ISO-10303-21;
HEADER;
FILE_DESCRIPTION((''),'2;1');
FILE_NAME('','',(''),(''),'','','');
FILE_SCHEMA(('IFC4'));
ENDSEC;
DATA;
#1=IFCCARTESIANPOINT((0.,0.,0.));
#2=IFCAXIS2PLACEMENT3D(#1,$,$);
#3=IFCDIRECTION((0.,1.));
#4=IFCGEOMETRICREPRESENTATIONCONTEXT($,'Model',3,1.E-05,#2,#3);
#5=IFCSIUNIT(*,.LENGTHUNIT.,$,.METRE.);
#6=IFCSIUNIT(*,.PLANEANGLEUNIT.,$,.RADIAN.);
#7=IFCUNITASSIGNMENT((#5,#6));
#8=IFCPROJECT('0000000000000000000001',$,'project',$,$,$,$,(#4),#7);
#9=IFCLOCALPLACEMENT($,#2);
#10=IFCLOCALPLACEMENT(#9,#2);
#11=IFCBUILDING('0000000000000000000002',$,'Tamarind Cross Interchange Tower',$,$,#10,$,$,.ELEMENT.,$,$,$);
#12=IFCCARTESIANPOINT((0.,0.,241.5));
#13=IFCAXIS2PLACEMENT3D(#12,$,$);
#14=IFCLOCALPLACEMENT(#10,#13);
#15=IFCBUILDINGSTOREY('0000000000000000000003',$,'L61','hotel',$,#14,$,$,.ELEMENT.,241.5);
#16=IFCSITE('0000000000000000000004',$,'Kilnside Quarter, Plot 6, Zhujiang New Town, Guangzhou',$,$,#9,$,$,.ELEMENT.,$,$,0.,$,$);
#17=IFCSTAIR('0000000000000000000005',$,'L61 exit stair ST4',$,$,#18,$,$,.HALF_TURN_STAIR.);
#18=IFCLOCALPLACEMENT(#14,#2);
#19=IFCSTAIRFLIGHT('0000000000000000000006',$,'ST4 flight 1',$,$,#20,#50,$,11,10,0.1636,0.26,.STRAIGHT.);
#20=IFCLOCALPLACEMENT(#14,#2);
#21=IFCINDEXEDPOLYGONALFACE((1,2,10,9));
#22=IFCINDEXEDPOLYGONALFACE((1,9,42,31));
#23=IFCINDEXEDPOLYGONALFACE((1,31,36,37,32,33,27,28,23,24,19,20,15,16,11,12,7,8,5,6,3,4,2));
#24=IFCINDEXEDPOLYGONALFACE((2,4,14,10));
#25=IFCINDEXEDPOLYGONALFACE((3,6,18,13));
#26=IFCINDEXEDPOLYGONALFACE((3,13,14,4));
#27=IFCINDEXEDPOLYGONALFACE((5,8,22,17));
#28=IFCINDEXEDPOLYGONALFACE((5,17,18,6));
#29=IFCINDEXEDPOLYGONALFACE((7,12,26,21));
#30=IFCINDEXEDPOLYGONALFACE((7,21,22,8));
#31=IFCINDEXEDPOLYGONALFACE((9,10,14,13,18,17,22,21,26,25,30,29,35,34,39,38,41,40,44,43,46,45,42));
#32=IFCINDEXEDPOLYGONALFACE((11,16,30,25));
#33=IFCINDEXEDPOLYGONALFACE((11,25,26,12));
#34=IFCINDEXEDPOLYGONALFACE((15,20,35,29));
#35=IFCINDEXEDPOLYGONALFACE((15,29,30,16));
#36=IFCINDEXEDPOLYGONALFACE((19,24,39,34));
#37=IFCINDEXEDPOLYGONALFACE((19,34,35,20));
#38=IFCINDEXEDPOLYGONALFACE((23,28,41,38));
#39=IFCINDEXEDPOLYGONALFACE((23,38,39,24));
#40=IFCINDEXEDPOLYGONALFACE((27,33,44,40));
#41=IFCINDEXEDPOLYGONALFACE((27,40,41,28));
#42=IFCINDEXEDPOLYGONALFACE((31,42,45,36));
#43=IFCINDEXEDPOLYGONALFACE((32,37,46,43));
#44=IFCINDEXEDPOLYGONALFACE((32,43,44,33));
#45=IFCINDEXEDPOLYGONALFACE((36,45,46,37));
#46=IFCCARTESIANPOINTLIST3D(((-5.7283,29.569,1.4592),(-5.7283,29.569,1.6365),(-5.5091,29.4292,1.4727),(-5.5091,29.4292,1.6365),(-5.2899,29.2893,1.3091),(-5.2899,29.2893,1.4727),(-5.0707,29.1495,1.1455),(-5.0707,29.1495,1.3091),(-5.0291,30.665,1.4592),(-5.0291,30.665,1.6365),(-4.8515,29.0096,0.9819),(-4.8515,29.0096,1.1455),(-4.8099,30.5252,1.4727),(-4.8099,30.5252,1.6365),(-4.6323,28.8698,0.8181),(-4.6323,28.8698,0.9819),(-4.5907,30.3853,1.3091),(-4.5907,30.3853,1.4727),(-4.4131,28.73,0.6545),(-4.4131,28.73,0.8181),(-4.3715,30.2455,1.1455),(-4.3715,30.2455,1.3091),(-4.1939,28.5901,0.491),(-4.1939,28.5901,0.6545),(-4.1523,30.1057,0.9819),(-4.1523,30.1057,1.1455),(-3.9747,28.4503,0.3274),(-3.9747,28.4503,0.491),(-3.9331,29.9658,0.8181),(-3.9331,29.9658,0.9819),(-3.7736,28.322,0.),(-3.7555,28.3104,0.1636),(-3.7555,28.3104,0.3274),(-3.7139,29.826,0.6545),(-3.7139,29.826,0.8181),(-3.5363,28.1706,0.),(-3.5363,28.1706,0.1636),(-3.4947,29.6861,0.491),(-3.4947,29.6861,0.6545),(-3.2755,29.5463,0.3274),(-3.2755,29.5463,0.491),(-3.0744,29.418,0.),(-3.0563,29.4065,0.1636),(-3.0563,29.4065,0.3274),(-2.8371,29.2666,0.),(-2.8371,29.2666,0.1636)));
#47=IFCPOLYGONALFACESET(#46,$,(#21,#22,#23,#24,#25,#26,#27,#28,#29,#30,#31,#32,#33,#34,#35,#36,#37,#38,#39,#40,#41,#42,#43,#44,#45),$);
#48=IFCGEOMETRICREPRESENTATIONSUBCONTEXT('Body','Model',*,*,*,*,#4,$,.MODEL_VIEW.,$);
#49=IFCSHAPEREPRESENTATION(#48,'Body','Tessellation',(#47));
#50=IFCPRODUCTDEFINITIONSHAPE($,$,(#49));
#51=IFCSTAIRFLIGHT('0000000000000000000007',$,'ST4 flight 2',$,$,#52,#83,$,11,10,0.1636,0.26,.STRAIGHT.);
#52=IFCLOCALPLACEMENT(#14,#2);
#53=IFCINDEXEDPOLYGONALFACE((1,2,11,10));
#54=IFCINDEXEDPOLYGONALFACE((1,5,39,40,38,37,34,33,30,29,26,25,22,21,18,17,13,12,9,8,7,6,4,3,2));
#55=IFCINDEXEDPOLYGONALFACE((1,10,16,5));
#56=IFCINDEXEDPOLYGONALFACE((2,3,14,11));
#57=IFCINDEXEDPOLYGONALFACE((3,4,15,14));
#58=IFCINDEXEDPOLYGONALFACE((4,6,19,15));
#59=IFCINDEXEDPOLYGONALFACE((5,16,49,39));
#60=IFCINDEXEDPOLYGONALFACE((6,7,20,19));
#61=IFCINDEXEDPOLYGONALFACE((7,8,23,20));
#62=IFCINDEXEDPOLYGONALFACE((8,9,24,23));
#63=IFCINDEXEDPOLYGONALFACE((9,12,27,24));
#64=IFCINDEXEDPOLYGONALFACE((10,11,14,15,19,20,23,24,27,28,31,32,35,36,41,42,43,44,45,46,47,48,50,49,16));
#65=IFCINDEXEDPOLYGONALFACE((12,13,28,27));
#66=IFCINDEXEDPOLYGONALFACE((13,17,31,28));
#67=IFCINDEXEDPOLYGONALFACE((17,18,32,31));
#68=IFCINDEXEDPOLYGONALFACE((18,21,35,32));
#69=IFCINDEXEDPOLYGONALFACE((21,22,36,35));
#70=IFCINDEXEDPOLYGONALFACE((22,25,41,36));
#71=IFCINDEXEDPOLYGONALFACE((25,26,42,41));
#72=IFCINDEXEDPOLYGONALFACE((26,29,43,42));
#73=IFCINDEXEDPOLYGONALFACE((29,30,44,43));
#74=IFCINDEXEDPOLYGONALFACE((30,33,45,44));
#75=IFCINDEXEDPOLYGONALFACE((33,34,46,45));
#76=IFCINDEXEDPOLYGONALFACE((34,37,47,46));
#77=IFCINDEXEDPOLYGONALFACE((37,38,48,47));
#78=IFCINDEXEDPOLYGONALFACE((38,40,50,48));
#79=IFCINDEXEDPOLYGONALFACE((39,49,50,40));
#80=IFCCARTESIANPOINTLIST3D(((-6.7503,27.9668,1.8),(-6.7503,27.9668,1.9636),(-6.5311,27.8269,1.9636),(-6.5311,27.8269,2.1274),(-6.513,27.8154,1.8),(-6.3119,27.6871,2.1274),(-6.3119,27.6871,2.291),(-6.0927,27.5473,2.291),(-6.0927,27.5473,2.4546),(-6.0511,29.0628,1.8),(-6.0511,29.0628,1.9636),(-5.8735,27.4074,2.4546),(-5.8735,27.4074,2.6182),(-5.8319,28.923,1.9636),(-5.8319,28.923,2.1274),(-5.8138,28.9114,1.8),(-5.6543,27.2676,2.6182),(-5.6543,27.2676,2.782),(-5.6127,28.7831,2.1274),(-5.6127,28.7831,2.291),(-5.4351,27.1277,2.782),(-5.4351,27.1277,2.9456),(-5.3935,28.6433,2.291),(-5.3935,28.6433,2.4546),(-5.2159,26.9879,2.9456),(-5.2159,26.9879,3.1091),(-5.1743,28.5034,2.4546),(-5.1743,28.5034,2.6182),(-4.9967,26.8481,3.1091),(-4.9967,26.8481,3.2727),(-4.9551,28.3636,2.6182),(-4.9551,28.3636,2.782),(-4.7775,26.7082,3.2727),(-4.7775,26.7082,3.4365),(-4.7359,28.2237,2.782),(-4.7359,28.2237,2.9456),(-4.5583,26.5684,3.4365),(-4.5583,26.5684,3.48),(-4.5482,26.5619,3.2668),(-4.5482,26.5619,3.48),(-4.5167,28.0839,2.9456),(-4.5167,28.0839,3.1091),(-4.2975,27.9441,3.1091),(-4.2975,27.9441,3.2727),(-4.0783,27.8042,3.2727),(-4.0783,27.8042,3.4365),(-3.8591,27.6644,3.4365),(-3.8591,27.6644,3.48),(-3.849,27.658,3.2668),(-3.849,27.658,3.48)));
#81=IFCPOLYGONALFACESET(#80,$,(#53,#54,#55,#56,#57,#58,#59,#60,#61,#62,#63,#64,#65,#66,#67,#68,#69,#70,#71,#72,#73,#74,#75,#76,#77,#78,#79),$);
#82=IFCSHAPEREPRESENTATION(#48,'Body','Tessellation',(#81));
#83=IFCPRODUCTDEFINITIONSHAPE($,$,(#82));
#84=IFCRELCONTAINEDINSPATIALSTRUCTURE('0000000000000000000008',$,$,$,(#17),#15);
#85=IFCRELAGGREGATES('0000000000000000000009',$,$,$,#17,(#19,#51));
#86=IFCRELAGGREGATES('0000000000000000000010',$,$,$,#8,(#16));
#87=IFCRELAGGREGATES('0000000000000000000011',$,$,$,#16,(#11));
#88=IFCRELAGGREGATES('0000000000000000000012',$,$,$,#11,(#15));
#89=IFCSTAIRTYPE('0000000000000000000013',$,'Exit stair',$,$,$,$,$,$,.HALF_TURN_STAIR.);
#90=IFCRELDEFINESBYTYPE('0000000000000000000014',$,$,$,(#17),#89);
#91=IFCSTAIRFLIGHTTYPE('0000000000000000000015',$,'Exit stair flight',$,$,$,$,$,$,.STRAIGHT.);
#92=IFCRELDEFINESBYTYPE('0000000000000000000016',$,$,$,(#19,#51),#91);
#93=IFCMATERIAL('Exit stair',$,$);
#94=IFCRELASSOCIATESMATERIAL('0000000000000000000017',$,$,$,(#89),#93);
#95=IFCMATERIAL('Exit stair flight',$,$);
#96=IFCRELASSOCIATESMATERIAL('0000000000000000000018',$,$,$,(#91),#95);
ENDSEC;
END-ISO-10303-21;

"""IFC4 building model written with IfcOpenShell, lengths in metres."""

from ifc_helpers import new_model, si_unit, direction, frame, origin, place, context, subcontext, project, spatial, polyline, outline, extrude, material, type_object, element, aggregate, save


model = new_model("IFC4")

# Units and contexts
model_context = context("Model", 3, precision=1e-05, world=origin(), true_north=direction((0.0, 1.0)))
body_context = subcontext(model_context, "Body", "Model", "MODEL_VIEW")
ifc_project = project(units=[si_unit("LENGTHUNIT", "METRE"), si_unit("PLANEANGLEUNIT", "RADIAN")], contexts=[model_context])

# Site, building, storey
site_placement = place(None, origin())
site = spatial("IfcSite", under=ifc_project, at=site_placement, Name="Kilnside Quarter, Plot 6, Zhujiang New Town, Guangzhou", CompositionType="ELEMENT", RefElevation=0.0)
building_placement = place(site_placement, origin())
building = spatial("IfcBuilding", under=site, at=building_placement, Name="Tamarind Cross Interchange Tower", CompositionType="ELEMENT")
storey_placement = place(building_placement, frame((0.0, 0.0, 241.5)))
storey = spatial("IfcBuildingStorey", under=building, at=storey_placement, Name="L61", Description="hotel", CompositionType="ELEMENT", Elevation=241.5)

# Stair, stair flights
ifc_material_1 = material(Name="Exit stair")
stair_type = type_object("IfcStairType", Name="Exit stair", PredefinedType="HALF_TURN_STAIR", material=ifc_material_1)
stair_placement = place(storey_placement, origin())
stair = element("IfcStair", 1, at=stair_placement, inside=storey, type_object=stair_type, Name="L61 exit stair ST4", PredefinedType="HALF_TURN_STAIR")
ifc_material_2 = material(Name="Exit stair flight")
stair_flight_type = type_object("IfcStairFlightType", Name="Exit stair flight", PredefinedType="STRAIGHT", material=ifc_material_2)
stair_flight_1_placement = place(storey_placement, frame((-3.1868, 28.7185, 0.0), z_axis=(0.0, 0.0, 1.0), x_axis=(-0.843054, 0.537829, 0.0)))
stair_flight_1 = element("IfcStairFlight", 2, at=stair_flight_1_placement, type_object=stair_flight_type, Name="ST4 flight 1", NumberOfRisers=11, NumberOfTreads=10, PredefinedType="STRAIGHT", RiserHeight=0.1636, TreadLength=0.26, context=body_context, shape_type="SweptSolid", body=[
    extrude(outline(polyline([(0.0, 0.0), (0.0, 0.1636), (0.26, 0.1636), (0.26, 0.3274), (0.52, 0.3274), (0.52, 0.491), (0.78, 0.491), (0.78, 0.6545), (1.04, 0.6545), (1.04, 0.8181), (1.3, 0.8181), (1.3, 0.9819), (1.5601, 0.9819), (1.5601, 1.1455), (1.8201, 1.1455), (1.8201, 1.3091), (2.0801, 1.3091), (2.0801, 1.4727), (2.3401, 1.4727), (2.3401, 1.6365), (2.6001, 1.6365), (2.6001, 1.8), (2.6001, 1.4592), (0.2815, 0.0), (0.0, 0.0)])), frame((0.0, 0.6499, 0.0), z_axis=(0.0, -1.0, 0.0), x_axis=(1.0, 0.0, 0.0)), (0.0, 0.0, 1.0), 1.3),
])
stair_flight_2_placement = place(storey_placement, frame((-6.4006, 28.5149, 1.8), z_axis=(0.0, 0.0, 1.0), x_axis=(0.843054, -0.537829, 0.0)))
stair_flight_2 = element("IfcStairFlight", 3, at=stair_flight_2_placement, type_object=stair_flight_type, Name="ST4 flight 2", NumberOfRisers=11, NumberOfTreads=10, PredefinedType="STRAIGHT", RiserHeight=0.1636, TreadLength=0.26, context=body_context, shape_type="SweptSolid", body=[
    extrude(outline(polyline([(0.0, 0.0), (0.0, 0.1636), (0.26, 0.1636), (0.26, 0.3274), (0.52, 0.3274), (0.52, 0.491), (0.78, 0.491), (0.78, 0.6545), (1.04, 0.6545), (1.04, 0.8181), (1.3, 0.8181), (1.3, 0.9819), (1.5601, 0.9819), (1.5601, 1.1455), (1.8201, 1.1455), (1.8201, 1.3091), (2.0801, 1.3091), (2.0801, 1.4727), (2.3401, 1.4727), (2.3401, 1.6365), (2.6001, 1.6365), (2.6001, 1.6799), (2.6121, 1.6799), (2.6121, 1.4668), (0.2815, 0.0), (0.0, 0.0)])), frame((0.0, 0.6499, 0.0), z_axis=(0.0, -1.0, 0.0), x_axis=(1.0, 0.0, 0.0)), (0.0, 0.0, 1.0), 1.3),
])
aggregate(stair, [stair_flight_1, stair_flight_2])

save(model, "model.ifc")
